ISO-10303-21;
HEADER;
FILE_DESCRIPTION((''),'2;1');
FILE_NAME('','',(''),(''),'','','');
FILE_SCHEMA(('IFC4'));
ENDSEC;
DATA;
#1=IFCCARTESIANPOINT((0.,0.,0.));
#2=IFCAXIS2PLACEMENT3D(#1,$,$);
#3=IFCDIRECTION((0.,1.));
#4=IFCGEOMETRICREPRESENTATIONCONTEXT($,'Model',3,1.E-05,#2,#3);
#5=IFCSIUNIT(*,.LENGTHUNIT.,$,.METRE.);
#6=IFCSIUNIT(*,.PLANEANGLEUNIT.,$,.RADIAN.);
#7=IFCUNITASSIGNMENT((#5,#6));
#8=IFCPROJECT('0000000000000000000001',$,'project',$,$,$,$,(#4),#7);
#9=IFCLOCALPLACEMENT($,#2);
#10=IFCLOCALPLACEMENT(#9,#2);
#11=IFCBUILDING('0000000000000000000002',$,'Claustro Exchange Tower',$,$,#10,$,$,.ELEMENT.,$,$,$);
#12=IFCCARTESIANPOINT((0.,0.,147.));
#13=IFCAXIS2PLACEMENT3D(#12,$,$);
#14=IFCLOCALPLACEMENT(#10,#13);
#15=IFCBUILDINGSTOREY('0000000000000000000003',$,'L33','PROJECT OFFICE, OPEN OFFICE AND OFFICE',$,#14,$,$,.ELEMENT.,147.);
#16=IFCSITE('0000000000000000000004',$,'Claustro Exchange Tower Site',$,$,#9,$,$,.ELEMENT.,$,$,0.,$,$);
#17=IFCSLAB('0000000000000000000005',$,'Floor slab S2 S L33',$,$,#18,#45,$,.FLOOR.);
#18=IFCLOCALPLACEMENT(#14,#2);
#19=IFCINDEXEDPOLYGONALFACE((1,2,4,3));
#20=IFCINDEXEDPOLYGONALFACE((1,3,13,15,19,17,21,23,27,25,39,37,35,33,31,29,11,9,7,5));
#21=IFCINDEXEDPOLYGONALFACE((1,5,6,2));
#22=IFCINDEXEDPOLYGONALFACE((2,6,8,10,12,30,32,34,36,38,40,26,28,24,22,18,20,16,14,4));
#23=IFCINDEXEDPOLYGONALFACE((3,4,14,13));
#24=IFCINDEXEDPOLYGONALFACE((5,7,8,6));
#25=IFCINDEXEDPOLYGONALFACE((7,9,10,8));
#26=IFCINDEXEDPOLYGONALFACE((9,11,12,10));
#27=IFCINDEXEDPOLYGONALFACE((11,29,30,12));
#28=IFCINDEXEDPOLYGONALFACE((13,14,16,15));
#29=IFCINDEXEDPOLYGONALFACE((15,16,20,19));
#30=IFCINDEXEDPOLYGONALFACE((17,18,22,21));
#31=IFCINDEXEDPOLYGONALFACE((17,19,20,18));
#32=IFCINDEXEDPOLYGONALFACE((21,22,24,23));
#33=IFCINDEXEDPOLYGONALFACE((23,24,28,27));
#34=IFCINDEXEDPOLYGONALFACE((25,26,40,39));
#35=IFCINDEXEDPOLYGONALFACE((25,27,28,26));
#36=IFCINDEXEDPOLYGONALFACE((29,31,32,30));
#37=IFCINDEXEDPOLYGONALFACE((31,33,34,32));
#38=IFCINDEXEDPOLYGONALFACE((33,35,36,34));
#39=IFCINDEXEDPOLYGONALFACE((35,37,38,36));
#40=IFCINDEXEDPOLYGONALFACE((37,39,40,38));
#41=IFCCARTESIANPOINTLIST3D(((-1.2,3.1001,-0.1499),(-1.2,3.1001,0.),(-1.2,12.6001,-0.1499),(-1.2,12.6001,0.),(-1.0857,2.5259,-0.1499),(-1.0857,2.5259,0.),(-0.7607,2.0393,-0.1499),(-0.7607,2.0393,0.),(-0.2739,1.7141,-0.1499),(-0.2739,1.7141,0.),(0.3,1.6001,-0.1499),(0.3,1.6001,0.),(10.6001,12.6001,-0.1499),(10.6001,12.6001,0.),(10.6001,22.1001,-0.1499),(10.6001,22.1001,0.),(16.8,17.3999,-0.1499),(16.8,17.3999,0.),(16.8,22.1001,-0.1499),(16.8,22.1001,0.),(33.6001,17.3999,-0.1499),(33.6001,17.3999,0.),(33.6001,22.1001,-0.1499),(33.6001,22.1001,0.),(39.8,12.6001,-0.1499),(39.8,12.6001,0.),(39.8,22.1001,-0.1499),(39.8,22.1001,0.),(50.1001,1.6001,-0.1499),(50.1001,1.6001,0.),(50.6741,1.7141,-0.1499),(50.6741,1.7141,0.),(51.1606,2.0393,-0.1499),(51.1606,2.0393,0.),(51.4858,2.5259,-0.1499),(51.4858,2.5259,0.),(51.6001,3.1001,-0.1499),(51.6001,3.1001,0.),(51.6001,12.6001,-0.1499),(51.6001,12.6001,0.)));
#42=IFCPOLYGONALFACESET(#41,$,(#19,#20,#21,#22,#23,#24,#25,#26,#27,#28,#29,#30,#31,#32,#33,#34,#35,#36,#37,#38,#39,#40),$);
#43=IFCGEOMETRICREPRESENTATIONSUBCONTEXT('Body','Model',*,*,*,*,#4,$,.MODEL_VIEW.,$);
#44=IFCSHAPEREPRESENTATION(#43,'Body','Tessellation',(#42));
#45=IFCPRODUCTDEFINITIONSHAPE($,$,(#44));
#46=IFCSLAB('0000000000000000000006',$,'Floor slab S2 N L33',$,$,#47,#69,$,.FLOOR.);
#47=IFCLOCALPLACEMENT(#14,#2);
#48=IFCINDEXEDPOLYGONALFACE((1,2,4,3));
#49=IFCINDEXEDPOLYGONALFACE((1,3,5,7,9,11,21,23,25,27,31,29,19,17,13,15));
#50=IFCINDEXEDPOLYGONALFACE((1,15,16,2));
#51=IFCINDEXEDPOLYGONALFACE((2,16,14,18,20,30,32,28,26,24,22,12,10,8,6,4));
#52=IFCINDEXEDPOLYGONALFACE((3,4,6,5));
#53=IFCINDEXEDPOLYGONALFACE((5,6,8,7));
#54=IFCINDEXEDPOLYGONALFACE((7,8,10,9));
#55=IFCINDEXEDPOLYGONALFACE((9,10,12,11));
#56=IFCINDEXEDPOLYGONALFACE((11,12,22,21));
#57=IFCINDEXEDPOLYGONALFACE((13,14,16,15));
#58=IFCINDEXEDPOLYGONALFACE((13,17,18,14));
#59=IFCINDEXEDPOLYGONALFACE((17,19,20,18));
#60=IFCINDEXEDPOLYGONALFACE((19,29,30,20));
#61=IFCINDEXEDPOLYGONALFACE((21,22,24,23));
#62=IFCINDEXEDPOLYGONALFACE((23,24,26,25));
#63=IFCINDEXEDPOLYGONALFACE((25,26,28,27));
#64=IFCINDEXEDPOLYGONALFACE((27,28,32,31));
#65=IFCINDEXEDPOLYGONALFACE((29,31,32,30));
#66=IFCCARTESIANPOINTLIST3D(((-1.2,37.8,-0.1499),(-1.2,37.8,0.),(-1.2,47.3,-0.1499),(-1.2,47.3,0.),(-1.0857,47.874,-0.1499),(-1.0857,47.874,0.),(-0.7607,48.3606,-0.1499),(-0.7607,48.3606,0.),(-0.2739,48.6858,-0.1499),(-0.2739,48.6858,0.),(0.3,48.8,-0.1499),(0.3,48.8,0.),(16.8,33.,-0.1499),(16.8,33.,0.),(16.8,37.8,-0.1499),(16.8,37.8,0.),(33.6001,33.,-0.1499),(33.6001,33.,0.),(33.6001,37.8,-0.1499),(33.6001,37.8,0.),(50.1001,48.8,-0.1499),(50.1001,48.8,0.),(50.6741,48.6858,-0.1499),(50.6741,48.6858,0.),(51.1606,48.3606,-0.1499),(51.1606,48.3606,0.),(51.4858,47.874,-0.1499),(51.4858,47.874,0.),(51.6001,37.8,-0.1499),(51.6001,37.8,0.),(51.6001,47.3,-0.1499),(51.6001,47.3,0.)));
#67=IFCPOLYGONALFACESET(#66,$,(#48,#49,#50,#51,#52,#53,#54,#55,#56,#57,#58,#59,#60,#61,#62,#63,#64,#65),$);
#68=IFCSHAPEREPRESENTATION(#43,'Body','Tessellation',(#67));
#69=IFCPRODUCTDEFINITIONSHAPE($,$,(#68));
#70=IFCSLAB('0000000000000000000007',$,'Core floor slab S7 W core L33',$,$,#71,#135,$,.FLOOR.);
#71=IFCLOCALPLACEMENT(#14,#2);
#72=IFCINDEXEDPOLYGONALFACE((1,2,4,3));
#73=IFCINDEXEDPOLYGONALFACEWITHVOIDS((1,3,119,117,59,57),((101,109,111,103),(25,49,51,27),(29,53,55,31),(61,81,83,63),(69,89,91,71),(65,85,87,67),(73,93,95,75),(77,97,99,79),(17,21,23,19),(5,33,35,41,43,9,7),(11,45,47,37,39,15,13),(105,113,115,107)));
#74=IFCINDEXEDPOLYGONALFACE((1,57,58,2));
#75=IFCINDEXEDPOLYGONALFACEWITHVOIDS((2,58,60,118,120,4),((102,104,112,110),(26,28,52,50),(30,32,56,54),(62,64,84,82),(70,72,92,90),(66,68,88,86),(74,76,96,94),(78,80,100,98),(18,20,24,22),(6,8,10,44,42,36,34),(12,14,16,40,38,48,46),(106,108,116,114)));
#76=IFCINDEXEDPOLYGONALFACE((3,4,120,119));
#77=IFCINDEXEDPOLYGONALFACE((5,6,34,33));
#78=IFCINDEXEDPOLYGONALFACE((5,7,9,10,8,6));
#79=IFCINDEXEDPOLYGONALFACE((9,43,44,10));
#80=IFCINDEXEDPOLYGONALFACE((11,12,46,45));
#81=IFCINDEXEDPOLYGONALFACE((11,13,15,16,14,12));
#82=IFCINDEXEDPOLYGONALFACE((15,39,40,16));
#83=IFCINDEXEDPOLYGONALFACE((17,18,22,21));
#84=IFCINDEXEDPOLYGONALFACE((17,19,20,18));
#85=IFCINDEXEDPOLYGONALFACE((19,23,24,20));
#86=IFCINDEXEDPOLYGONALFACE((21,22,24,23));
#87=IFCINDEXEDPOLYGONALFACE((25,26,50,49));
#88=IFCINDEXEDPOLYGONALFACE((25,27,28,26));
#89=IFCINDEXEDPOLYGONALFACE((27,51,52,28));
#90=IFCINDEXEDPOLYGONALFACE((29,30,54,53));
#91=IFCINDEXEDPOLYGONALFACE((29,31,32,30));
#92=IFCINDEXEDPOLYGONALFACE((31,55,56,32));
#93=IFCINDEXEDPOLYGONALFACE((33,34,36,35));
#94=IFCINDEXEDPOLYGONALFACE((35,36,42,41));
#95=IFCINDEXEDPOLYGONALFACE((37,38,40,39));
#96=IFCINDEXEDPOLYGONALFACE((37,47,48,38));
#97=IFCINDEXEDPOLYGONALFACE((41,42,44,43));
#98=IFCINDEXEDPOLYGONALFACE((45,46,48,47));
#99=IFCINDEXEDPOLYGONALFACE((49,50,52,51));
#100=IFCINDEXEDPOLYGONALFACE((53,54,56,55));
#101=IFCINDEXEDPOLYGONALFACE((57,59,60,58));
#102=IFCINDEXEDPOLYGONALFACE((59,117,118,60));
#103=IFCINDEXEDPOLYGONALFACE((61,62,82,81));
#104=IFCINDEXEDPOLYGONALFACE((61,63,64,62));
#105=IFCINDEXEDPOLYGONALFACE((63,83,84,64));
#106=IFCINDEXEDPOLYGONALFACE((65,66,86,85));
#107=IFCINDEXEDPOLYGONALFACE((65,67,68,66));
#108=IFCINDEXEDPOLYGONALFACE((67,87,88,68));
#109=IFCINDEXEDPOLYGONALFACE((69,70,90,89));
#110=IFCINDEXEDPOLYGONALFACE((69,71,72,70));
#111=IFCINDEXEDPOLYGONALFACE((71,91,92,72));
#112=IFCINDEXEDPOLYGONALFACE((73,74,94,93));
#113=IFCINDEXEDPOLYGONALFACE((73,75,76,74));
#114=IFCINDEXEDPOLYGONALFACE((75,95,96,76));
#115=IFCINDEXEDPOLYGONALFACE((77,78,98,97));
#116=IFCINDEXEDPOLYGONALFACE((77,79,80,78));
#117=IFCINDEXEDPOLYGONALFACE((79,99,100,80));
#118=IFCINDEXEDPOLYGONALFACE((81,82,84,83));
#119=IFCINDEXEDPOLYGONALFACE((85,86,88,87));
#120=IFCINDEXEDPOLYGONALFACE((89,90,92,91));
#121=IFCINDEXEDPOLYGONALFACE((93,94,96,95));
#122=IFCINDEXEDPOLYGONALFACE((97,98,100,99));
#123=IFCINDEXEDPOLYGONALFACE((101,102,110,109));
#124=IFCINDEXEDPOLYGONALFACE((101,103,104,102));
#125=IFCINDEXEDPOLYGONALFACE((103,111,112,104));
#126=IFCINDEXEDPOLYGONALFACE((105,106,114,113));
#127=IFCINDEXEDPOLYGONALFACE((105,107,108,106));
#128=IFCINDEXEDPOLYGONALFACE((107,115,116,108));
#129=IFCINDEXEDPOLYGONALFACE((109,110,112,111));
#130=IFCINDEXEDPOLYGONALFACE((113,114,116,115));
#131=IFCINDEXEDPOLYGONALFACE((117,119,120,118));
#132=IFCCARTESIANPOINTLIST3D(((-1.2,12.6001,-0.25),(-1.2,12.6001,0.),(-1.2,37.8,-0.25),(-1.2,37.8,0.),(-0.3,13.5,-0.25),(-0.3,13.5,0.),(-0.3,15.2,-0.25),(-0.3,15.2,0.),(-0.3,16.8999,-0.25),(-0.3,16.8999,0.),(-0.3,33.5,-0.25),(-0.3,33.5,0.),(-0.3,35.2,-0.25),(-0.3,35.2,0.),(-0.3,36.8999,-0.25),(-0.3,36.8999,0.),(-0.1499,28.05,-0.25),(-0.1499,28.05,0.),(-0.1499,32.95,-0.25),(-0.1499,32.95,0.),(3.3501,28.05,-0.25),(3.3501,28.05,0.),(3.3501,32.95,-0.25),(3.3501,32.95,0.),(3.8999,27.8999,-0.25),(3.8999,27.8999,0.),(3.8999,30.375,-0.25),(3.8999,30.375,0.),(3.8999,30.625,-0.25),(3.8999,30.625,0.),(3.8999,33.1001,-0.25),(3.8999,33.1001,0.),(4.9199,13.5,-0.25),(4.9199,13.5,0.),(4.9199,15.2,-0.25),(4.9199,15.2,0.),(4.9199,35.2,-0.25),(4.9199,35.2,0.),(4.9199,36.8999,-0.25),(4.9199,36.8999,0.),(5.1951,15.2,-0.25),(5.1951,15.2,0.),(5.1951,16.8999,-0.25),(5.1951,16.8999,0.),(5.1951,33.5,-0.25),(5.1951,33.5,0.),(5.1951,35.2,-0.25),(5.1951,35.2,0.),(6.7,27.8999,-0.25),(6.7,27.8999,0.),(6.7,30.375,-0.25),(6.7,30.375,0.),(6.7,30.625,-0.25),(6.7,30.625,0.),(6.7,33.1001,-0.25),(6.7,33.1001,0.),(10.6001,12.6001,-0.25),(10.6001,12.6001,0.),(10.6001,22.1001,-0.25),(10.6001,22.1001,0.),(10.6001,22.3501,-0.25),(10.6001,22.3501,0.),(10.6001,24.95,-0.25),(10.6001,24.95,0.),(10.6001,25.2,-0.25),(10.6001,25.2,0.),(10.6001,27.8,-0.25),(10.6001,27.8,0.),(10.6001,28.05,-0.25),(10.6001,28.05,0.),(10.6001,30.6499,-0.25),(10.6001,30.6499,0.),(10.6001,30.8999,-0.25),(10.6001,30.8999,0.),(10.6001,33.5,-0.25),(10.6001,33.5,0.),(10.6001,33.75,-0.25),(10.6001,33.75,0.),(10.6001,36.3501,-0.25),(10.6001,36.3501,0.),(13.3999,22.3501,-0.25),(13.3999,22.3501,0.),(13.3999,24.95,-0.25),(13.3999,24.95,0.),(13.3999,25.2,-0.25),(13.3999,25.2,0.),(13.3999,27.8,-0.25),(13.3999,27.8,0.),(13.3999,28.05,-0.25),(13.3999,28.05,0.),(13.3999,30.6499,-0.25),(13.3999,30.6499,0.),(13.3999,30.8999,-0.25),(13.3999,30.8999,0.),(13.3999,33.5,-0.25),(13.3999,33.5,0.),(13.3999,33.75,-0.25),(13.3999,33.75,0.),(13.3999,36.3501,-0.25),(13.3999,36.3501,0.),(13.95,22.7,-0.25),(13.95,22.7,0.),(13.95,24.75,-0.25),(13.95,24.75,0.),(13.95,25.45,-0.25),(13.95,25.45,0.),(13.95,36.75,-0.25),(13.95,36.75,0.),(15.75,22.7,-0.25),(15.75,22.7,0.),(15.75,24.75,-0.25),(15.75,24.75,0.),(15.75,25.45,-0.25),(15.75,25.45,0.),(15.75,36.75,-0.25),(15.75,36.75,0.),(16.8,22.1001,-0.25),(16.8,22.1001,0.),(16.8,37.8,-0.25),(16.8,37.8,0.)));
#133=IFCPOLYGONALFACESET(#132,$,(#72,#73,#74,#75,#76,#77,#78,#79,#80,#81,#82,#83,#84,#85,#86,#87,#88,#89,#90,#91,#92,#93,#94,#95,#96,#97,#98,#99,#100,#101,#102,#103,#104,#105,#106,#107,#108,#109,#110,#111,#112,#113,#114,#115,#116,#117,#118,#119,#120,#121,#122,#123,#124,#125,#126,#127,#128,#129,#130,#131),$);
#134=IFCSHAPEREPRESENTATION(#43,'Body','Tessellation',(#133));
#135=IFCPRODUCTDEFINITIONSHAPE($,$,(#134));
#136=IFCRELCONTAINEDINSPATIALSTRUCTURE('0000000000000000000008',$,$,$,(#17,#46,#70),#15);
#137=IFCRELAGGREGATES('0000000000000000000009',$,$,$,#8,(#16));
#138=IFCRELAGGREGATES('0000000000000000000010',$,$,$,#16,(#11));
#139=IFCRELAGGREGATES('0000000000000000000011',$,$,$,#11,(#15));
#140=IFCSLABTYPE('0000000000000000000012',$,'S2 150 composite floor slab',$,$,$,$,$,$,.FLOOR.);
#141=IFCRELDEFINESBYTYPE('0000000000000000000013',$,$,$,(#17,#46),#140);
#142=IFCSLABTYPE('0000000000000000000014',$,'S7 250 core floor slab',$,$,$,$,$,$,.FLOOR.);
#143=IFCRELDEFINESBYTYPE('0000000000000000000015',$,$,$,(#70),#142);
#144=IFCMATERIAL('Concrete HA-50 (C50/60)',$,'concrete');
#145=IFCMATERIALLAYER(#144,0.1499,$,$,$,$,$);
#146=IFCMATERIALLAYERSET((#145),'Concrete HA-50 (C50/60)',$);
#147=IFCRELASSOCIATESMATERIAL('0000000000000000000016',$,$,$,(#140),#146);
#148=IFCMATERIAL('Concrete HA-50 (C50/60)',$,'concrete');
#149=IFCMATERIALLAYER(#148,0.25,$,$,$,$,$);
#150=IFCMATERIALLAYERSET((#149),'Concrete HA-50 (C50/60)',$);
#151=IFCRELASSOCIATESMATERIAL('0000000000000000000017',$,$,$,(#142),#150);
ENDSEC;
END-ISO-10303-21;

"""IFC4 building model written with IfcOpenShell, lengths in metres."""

from ifc_helpers import new_model, si_unit, direction, frame, origin, place, context, subcontext, project, spatial, polyline, outline, extrude, material, layer, layer_set, type_object, element, save


model = new_model("IFC4")

# Units and contexts
model_context = context("Model", 3, precision=1e-05, world=origin(), true_north=direction((0.0, 1.0)))
body_context = subcontext(model_context, "Body", "Model", "MODEL_VIEW")
ifc_project = project(units=[si_unit("LENGTHUNIT", "METRE"), si_unit("PLANEANGLEUNIT", "RADIAN")], contexts=[model_context])

# Site, building, storey
site_placement = place(None, origin())
site = spatial("IfcSite", under=ifc_project, at=site_placement, Name="Claustro Exchange Tower Site", CompositionType="ELEMENT", RefElevation=0.0)
building_placement = place(site_placement, origin())
building = spatial("IfcBuilding", under=site, at=building_placement, Name="Claustro Exchange Tower", CompositionType="ELEMENT")
storey_placement = place(building_placement, frame((0.0, 0.0, 147.0)))
storey = spatial("IfcBuildingStorey", under=building, at=storey_placement, Name="L33", Description="PROJECT OFFICE, OPEN OFFICE AND OFFICE", CompositionType="ELEMENT", Elevation=147.0)

# Slabs
ifc_material_1 = material(Name="Concrete HA-50 (C50/60)", Category="concrete")
ifc_layer_1 = layer(ifc_material_1, 0.1499)
ifc_layer_set_1 = layer_set([ifc_layer_1], Name="Concrete HA-50 (C50/60)")
slab_type_1 = type_object("IfcSlabType", Name="S2 150 composite floor slab", PredefinedType="FLOOR", material=ifc_layer_set_1)
slab_1_placement = place(storey_placement, frame((0.0, 0.0, -0.1499)))
element("IfcSlab", 1, at=slab_1_placement, inside=storey, type_object=slab_type_1, Name="Floor slab S2 S L33", PredefinedType="FLOOR", context=body_context, shape_type="SweptSolid", body=[
    extrude(outline(polyline([(-0.2739, 1.7141), (0.3, 1.6001), (50.1001, 1.6001), (50.6741, 1.7141), (51.1606, 2.0393), (51.4858, 2.5259), (51.6001, 3.1001), (51.6001, 12.6001), (39.8, 12.6001), (39.8, 22.1001), (33.6001, 22.1001), (33.6001, 17.3999), (16.8, 17.3999), (16.8, 22.1001), (10.6001, 22.1001), (10.6001, 12.6001), (-1.2, 12.6001), (-1.2, 3.1001), (-1.0857, 2.5259), (-0.7607, 2.0393), (-0.2739, 1.7141)])), origin(), (0.0, 0.0, 1.0), 0.1499),
])
slab_2_placement = place(storey_placement, frame((0.0, 0.0, -0.1499)))
element("IfcSlab", 2, at=slab_2_placement, inside=storey, type_object=slab_type_1, Name="Floor slab S2 N L33", PredefinedType="FLOOR", context=body_context, shape_type="SweptSolid", body=[
    extrude(outline(polyline([(16.8, 37.8), (16.8, 33.0), (33.6001, 33.0), (33.6001, 37.8), (51.6001, 37.8), (51.6001, 47.3), (51.4858, 47.874), (51.1606, 48.3606), (50.6741, 48.6858), (50.1001, 48.8), (0.3, 48.8), (-0.2739, 48.6858), (-0.7607, 48.3606), (-1.0857, 47.874), (-1.2, 47.3), (-1.2, 37.8), (16.8, 37.8)])), origin(), (0.0, 0.0, 1.0), 0.1499),
])
ifc_material_2 = material(Name="Concrete HA-50 (C50/60)", Category="concrete")
ifc_layer_2 = layer(ifc_material_2, 0.25)
ifc_layer_set_2 = layer_set([ifc_layer_2], Name="Concrete HA-50 (C50/60)")
slab_type_2 = type_object("IfcSlabType", Name="S7 250 core floor slab", PredefinedType="FLOOR", material=ifc_layer_set_2)
slab_3_placement = place(storey_placement, frame((0.0, 0.0, -0.25)))
element("IfcSlab", 3, at=slab_3_placement, inside=storey, type_object=slab_type_2, Name="Core floor slab S7 W core L33", PredefinedType="FLOOR", context=body_context, shape_type="SweptSolid", body=[
    extrude(outline(polyline([(-1.2, 37.8), (-1.2, 12.6001), (10.6001, 12.6001), (10.6001, 22.1001), (16.8, 22.1001), (16.8, 37.8), (-1.2, 37.8)]), holes=[polyline([(13.95, 24.75), (15.75, 24.75), (15.75, 22.7), (13.95, 22.7), (13.95, 24.75)]), polyline([(13.95, 36.75), (15.75, 36.75), (15.75, 25.45), (13.95, 25.45), (13.95, 36.75)]), polyline([(13.3999, 24.95), (13.3999, 22.3501), (10.6001, 22.3501), (10.6001, 24.95), (13.3999, 24.95)]), polyline([(13.3999, 27.8), (13.3999, 25.2), (10.6001, 25.2), (10.6001, 27.8), (13.3999, 27.8)]), polyline([(13.3999, 30.6499), (13.3999, 28.05), (10.6001, 28.05), (10.6001, 30.6499), (13.3999, 30.6499)]), polyline([(13.3999, 33.5), (13.3999, 30.8999), (10.6001, 30.8999), (10.6001, 33.5), (13.3999, 33.5)]), polyline([(13.3999, 36.3501), (13.3999, 33.75), (10.6001, 33.75), (10.6001, 36.3501), (13.3999, 36.3501)]), polyline([(6.7, 30.375), (6.7, 27.8999), (3.8999, 27.8999), (3.8999, 30.375), (6.7, 30.375)]), polyline([(6.7, 33.1001), (6.7, 30.625), (3.8999, 30.625), (3.8999, 33.1001), (6.7, 33.1001)]), polyline([(-0.3, 15.2), (-0.3, 16.8999), (5.1951, 16.8999), (5.1951, 15.2), (4.9199, 15.2), (4.9199, 13.5), (-0.3, 13.5), (-0.3, 15.2)]), polyline([(-0.3, 35.2), (-0.3, 36.8999), (4.9199, 36.8999), (4.9199, 35.2), (5.1951, 35.2), (5.1951, 33.5), (-0.3, 33.5), (-0.3, 35.2)]), polyline([(-0.1499, 32.95), (3.3501, 32.95), (3.3501, 28.05), (-0.1499, 28.05), (-0.1499, 32.95)])]), origin(), (0.0, 0.0, 1.0), 0.25),
])

save(model, "model.ifc")
